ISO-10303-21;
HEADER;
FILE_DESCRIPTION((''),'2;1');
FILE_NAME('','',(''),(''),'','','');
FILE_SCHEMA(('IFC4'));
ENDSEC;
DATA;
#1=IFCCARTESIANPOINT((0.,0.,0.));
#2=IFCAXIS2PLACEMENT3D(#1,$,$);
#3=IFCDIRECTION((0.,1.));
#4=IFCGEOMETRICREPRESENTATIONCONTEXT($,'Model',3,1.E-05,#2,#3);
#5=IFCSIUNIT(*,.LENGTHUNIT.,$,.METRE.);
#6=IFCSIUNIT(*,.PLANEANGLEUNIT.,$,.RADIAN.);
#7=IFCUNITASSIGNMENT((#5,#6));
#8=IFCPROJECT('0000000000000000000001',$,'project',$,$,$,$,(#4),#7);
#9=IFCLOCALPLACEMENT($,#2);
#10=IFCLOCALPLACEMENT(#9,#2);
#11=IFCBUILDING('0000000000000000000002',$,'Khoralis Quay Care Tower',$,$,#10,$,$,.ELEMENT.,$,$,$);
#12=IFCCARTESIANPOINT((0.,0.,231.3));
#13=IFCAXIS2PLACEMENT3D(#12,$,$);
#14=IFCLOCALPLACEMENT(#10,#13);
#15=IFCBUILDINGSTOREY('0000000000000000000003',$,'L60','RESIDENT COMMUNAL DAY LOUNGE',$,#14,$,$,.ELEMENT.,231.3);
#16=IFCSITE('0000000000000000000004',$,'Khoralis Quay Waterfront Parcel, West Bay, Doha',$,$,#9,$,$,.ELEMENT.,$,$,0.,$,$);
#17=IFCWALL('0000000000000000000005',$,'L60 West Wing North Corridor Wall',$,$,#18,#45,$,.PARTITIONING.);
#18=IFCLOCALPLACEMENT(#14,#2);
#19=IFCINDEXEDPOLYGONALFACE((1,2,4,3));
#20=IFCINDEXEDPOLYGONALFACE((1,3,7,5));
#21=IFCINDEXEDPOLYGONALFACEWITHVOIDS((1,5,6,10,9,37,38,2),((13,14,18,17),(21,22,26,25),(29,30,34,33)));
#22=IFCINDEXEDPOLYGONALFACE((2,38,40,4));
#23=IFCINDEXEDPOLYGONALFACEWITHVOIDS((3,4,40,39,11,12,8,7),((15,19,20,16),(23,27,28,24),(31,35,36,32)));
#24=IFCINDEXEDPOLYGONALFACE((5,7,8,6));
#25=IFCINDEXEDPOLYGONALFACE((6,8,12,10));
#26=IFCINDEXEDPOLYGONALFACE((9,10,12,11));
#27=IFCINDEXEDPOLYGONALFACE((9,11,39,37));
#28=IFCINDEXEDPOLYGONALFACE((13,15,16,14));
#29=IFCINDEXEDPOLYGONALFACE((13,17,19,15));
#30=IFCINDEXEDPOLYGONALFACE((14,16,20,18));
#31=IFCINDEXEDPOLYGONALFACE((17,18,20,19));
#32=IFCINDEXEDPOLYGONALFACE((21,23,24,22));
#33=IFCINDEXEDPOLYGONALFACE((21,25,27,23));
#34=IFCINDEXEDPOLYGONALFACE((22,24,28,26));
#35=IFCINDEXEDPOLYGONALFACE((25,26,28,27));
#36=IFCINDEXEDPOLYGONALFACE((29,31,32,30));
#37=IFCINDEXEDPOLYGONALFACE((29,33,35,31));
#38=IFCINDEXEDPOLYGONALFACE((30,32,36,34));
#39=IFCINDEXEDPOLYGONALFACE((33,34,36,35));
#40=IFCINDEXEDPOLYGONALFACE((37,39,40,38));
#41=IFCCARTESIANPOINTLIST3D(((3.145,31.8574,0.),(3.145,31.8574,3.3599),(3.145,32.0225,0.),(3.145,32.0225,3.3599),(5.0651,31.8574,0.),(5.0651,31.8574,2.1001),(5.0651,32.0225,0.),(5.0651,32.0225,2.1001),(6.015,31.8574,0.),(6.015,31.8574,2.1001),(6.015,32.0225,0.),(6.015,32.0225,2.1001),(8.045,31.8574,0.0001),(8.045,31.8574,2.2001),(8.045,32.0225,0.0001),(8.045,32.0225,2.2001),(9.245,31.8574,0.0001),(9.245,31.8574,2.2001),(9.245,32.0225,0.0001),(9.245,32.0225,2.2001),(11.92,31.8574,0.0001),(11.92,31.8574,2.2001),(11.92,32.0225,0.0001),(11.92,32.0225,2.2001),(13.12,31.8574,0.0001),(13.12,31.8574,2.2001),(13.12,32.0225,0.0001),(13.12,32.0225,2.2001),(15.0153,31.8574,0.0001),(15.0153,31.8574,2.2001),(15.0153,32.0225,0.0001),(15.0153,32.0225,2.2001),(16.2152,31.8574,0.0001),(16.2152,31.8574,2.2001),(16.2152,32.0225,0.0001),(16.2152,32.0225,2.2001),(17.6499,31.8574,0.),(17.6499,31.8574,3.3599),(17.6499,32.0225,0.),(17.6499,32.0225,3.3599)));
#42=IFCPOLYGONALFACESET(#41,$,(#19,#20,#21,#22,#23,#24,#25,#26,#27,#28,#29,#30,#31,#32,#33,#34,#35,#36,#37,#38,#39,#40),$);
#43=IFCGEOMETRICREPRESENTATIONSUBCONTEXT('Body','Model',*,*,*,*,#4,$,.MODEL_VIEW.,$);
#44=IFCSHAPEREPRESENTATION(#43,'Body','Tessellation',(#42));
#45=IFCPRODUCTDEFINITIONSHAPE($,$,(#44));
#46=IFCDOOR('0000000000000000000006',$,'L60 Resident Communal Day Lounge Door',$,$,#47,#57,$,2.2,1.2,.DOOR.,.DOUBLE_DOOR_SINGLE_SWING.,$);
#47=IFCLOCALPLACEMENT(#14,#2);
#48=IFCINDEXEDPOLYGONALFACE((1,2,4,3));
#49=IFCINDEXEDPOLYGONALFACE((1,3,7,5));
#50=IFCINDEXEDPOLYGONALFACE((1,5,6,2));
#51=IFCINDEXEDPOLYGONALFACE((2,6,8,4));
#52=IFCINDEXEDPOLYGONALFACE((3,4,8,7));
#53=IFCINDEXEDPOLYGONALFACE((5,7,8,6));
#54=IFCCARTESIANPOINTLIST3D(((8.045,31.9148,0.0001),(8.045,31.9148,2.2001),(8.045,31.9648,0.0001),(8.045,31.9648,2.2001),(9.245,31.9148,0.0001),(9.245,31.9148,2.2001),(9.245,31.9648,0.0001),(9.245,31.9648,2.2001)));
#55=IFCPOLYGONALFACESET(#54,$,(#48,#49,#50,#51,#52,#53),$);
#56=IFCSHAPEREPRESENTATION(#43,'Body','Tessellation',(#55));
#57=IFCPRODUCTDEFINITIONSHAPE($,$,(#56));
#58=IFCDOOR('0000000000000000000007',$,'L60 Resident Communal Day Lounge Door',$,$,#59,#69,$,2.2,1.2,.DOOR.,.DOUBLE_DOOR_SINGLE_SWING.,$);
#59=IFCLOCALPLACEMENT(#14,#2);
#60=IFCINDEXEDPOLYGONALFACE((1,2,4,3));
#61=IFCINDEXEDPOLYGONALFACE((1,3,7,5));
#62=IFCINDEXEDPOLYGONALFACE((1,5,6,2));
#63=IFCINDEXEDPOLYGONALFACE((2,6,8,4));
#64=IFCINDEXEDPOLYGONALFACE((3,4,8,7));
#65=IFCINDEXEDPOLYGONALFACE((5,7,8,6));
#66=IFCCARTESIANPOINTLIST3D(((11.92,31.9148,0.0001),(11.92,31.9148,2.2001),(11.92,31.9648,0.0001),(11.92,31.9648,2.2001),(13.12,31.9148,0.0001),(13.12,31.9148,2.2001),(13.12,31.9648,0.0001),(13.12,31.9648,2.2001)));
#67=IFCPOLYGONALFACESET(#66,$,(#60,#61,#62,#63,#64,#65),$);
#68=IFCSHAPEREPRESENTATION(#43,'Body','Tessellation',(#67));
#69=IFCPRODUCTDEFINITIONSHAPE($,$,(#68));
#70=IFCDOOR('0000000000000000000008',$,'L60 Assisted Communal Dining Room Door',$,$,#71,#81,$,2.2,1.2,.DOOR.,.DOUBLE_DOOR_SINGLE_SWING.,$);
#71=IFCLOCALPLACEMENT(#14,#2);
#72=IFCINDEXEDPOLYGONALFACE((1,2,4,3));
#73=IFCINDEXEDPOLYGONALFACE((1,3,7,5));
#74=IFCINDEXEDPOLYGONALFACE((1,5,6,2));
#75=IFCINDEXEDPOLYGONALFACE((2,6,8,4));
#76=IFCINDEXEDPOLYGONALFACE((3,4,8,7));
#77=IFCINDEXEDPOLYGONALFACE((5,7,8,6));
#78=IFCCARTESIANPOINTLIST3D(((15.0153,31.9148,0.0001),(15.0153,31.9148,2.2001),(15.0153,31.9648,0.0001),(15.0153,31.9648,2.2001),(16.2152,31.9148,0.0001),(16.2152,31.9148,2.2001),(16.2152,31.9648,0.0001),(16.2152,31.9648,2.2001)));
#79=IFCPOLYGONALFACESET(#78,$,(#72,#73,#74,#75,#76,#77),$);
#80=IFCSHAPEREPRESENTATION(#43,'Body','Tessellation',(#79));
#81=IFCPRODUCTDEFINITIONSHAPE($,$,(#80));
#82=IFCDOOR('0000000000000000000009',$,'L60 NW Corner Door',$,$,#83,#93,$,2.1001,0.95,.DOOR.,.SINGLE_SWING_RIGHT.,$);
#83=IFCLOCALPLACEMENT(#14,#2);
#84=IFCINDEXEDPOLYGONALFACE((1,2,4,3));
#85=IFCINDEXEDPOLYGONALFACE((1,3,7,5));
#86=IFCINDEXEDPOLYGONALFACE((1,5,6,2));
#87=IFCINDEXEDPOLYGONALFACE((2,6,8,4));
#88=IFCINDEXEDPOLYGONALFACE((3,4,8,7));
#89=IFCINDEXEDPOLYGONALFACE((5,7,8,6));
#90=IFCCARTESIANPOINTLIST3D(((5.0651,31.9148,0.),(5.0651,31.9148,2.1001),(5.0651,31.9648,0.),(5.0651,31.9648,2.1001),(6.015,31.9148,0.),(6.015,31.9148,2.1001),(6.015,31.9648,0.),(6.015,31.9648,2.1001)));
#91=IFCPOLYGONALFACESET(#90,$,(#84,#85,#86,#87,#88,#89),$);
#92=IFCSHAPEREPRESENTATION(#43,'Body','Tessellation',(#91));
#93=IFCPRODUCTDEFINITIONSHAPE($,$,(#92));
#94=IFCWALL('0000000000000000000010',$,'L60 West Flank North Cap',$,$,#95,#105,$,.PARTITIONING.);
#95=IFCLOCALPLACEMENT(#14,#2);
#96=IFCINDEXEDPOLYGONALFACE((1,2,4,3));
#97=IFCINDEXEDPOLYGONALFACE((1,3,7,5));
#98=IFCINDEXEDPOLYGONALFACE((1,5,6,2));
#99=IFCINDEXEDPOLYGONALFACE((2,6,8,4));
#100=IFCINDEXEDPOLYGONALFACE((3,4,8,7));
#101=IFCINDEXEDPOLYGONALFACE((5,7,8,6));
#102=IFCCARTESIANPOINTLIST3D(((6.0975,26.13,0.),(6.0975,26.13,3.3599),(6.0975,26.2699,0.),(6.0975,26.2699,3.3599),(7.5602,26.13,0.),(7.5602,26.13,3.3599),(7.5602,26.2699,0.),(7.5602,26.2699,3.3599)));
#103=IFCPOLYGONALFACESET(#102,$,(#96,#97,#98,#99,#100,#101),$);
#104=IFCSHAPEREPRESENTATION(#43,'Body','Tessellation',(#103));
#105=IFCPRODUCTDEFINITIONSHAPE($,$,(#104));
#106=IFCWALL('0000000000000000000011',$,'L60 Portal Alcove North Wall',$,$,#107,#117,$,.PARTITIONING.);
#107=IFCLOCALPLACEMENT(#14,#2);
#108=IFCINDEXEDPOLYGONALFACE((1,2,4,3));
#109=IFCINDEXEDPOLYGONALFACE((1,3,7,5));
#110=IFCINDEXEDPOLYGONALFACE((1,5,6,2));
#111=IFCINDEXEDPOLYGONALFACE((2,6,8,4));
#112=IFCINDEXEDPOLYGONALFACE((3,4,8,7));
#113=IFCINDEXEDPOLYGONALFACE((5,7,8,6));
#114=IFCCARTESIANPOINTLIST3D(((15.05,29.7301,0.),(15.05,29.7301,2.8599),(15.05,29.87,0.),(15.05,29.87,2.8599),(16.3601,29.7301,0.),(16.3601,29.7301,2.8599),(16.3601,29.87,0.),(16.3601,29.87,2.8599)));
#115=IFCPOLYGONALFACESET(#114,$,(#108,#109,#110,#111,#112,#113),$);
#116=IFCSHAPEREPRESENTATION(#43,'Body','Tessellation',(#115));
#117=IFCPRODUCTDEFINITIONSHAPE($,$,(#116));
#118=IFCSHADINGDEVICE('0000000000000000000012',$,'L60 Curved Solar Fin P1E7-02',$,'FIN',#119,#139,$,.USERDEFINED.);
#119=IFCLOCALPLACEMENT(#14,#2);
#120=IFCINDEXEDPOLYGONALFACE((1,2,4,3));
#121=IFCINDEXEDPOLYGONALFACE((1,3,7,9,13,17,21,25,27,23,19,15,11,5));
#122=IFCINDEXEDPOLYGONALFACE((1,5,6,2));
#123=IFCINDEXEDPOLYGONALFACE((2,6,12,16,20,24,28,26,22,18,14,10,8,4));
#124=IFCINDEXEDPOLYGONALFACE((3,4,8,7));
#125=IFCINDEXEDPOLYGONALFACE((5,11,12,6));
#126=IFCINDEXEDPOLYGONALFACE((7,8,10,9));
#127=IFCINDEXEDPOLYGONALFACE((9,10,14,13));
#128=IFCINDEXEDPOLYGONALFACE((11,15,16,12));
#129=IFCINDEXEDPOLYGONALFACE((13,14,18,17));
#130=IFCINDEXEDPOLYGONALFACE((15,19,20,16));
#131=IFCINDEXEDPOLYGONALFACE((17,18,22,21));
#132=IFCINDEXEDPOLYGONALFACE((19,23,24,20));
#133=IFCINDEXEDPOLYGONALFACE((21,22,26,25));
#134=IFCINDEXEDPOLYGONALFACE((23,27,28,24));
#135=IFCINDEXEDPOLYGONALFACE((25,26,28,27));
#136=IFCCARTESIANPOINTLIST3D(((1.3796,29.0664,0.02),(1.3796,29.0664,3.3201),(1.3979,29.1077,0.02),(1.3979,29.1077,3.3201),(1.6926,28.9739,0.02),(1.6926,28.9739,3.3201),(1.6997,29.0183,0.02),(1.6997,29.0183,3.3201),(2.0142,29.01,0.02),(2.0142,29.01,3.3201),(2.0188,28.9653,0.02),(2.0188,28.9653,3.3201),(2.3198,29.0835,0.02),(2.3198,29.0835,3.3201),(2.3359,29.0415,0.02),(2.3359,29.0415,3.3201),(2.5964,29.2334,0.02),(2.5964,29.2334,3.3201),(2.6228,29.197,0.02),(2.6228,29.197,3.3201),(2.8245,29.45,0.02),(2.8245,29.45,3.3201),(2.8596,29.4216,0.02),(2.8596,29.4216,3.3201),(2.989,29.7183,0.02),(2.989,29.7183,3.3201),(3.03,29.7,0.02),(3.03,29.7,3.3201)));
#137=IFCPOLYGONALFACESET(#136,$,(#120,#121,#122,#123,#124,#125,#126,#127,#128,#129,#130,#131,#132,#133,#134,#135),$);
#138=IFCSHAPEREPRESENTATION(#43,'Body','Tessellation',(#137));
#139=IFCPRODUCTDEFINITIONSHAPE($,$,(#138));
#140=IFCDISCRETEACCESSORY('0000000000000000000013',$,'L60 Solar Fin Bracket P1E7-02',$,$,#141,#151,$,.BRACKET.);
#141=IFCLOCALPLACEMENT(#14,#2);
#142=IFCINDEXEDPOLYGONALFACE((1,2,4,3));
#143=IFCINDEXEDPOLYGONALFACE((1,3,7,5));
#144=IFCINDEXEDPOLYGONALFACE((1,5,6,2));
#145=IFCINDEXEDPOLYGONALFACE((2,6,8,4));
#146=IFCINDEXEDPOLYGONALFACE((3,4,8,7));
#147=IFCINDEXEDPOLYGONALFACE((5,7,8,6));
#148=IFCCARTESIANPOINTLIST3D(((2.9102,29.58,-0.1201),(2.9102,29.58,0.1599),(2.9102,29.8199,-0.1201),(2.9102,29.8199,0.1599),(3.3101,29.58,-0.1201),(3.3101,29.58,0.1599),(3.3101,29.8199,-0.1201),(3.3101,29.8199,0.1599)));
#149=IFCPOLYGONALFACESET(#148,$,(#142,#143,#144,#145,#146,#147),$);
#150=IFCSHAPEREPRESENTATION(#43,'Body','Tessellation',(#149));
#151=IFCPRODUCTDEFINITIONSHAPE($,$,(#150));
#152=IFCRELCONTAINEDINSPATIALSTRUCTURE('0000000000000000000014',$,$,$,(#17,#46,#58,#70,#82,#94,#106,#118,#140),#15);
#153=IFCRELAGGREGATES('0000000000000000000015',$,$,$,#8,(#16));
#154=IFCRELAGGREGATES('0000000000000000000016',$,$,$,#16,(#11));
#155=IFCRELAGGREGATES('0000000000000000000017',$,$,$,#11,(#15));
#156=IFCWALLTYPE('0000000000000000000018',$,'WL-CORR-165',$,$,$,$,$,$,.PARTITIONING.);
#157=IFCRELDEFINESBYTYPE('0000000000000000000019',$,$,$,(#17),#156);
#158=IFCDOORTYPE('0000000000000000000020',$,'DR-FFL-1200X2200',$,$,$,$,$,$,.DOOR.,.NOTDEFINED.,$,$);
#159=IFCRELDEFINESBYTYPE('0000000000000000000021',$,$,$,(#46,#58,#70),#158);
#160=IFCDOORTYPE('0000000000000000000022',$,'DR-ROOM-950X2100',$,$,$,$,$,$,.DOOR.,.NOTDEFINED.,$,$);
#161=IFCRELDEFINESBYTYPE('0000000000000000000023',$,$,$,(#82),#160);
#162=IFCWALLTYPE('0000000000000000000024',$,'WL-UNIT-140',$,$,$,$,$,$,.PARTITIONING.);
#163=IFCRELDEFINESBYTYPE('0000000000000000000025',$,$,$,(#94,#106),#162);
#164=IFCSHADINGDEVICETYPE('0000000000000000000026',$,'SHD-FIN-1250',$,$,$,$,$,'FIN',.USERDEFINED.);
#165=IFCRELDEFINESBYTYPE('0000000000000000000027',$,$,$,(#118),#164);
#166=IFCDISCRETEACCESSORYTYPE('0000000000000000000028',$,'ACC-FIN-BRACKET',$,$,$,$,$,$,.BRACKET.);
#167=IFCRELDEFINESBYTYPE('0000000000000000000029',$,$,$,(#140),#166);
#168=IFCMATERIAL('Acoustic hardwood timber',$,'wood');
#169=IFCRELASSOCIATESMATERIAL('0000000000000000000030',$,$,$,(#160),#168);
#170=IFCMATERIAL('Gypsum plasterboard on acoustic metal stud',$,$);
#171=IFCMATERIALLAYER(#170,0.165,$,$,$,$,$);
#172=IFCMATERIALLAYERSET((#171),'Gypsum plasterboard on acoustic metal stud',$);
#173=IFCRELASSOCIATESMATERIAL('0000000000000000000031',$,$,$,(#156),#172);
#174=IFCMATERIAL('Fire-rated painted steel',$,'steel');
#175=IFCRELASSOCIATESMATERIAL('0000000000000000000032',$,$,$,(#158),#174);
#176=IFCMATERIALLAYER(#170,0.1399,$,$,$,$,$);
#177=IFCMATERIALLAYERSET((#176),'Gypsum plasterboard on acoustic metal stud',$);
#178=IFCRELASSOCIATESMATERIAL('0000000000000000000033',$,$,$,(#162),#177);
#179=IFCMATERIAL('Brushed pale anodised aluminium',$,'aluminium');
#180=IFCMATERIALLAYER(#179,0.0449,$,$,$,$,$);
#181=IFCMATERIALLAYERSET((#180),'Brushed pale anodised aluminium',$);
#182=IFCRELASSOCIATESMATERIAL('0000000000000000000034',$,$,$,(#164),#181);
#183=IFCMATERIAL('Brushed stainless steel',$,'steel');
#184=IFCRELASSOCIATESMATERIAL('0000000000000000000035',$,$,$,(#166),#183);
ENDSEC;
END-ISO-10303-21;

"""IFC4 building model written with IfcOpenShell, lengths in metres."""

from ifc_helpers import new_model, si_unit, direction, frame, frame_2d, origin, origin_2d, place, context, subcontext, project, spatial, polyline, rectangle, outline, extrude, source, transform, mapped, material, layer, layer_set, type_object, element, fill, save


model = new_model("IFC4")

# Units and contexts
model_context = context("Model", 3, precision=1e-05, world=origin(), true_north=direction((0.0, 1.0)))
body_context = subcontext(model_context, "Body", "Model", "MODEL_VIEW")
ifc_project = project(units=[si_unit("LENGTHUNIT", "METRE"), si_unit("PLANEANGLEUNIT", "RADIAN")], contexts=[model_context])

# Site, building, storey
site_placement = place(None, origin())
site = spatial("IfcSite", under=ifc_project, at=site_placement, Name="Khoralis Quay Waterfront Parcel, West Bay, Doha", CompositionType="ELEMENT", RefElevation=0.0)
building_placement = place(site_placement, origin())
building = spatial("IfcBuilding", under=site, at=building_placement, Name="Khoralis Quay Care Tower", CompositionType="ELEMENT")
storey_placement = place(building_placement, frame((0.0, 0.0, 231.3)))
storey = spatial("IfcBuildingStorey", under=building, at=storey_placement, Name="L60", Description="RESIDENT COMMUNAL DAY LOUNGE", CompositionType="ELEMENT", Elevation=231.3)

# Shared definitions
ifc_material_1 = material(Name="Brushed stainless steel", Category="steel")
ifc_material_2 = material(Name="Acoustic hardwood timber", Category="wood")
door_type_1 = type_object("IfcDoorType", Name="DR-ROOM-950X2100", OperationType="NOTDEFINED", PredefinedType="DOOR", material=ifc_material_2)
shared_shape_1 = source(origin(), body_context, "Body", "SweptSolid", [
    extrude(rectangle(XDim=0.95, YDim=2.1001, at=frame_2d((0.4751, 1.05))), frame((0.0, 0.0249, 0.0), z_axis=(0.0, -1.0, 0.0), x_axis=(1.0, 0.0, 0.0)), (0.0, 0.0, 1.0), 0.05),
])

# Shared definitions
ifc_material_3 = material(Name="Gypsum plasterboard on acoustic metal stud")
ifc_layer_1 = layer(ifc_material_3, 0.165)
ifc_layer_set_1 = layer_set([ifc_layer_1], Name="Gypsum plasterboard on acoustic metal stud")
wall_type_1 = type_object("IfcWallType", Name="WL-CORR-165", PredefinedType="PARTITIONING", material=ifc_layer_set_1)
ifc_material_4 = material(Name="Fire-rated painted steel", Category="steel")
door_type_2 = type_object("IfcDoorType", Name="DR-FFL-1200X2200", OperationType="NOTDEFINED", PredefinedType="DOOR", material=ifc_material_4)
shared_shape_2 = source(origin(), body_context, "Body", "SweptSolid", [
    extrude(rectangle(XDim=1.2, YDim=2.2, at=frame_2d((0.6001, 1.1001))), frame((0.0, 0.0249, 0.0), z_axis=(0.0, -1.0, 0.0), x_axis=(1.0, 0.0, 0.0)), (0.0, 0.0, 1.0), 0.05),
])

# Wall, openings, doors
wall_1_placement = place(storey_placement, frame((3.145, 31.9399, 0.0), z_axis=(0.0, 0.0, 1.0), x_axis=(1.0, 0.0, 0.0)))
wall_1 = element("IfcWall", 1, at=wall_1_placement, inside=storey, type_object=wall_type_1, Name="L60 West Wing North Corridor Wall", PredefinedType="PARTITIONING", context=body_context, shape_type="SweptSolid", body=[
    extrude(rectangle(XDim=14.5049, YDim=0.165, at=frame_2d((7.2524, 0.0))), origin(), (0.0, 0.0, 1.0), 3.3599),
])
opening_1_placement = place(wall_1_placement, frame((4.8999, 0.0, 0.0)))
opening_1 = element("IfcOpeningElement", 2, at=opening_1_placement, cuts=wall_1, PredefinedType="OPENING", context=body_context, shape_type="SweptSolid", body=[
    extrude(rectangle(XDim=1.2, YDim=2.2, at=frame_2d((0.6001, 1.1001))), frame((0.0, 0.0925, 0.0), z_axis=(0.0, -1.0, 0.0), x_axis=(1.0, 0.0, 0.0)), (0.0, 0.0, 1.0), 0.1851),
])
opening_2_placement = place(wall_1_placement, frame((8.7749, 0.0, 0.0)))
opening_2 = element("IfcOpeningElement", 3, at=opening_2_placement, cuts=wall_1, PredefinedType="OPENING", context=body_context, shape_type="SweptSolid", body=[
    extrude(rectangle(XDim=1.2, YDim=2.2, at=frame_2d((0.6001, 1.1001))), frame((0.0, 0.0925, 0.0), z_axis=(0.0, -1.0, 0.0), x_axis=(1.0, 0.0, 0.0)), (0.0, 0.0, 1.0), 0.1851),
])
opening_3_placement = place(wall_1_placement, frame((11.8701, 0.0, 0.0)))
opening_3 = element("IfcOpeningElement", 4, at=opening_3_placement, cuts=wall_1, PredefinedType="OPENING", context=body_context, shape_type="SweptSolid", body=[
    extrude(rectangle(XDim=1.2, YDim=2.2, at=frame_2d((0.6001, 1.1001))), frame((0.0, 0.0925, 0.0), z_axis=(0.0, -1.0, 0.0), x_axis=(1.0, 0.0, 0.0)), (0.0, 0.0, 1.0), 0.1851),
])
opening_4_placement = place(wall_1_placement, frame((1.9199, 0.0, 0.0)))
opening_4 = element("IfcOpeningElement", 5, at=opening_4_placement, cuts=wall_1, PredefinedType="OPENING", context=body_context, shape_type="SweptSolid", body=[
    extrude(rectangle(XDim=0.95, YDim=2.1001, at=frame_2d((0.4751, 1.05))), frame((0.0, 0.0925, 0.0), z_axis=(0.0, -1.0, 0.0), x_axis=(1.0, 0.0, 0.0)), (0.0, 0.0, 1.0), 0.1851),
])
door_1_placement = place(opening_1_placement, origin())
door_1 = element("IfcDoor", 6, at=door_1_placement, inside=storey, type_object=door_type_2, Name="L60 Resident Communal Day Lounge Door", OperationType="DOUBLE_DOOR_SINGLE_SWING", OverallHeight=2.2, OverallWidth=1.2, PredefinedType="DOOR", context=body_context, shape_type="MappedRepresentation", body=[
    mapped(shared_shape_2, transform((0.0, 0.0, 0.0), scale=1.0)),
])
fill(opening_1, door_1)
door_2_placement = place(opening_2_placement, origin())
door_2 = element("IfcDoor", 7, at=door_2_placement, inside=storey, type_object=door_type_2, Name="L60 Resident Communal Day Lounge Door", OperationType="DOUBLE_DOOR_SINGLE_SWING", OverallHeight=2.2, OverallWidth=1.2, PredefinedType="DOOR", context=body_context, shape_type="MappedRepresentation", body=[
    mapped(shared_shape_2, transform((0.0, 0.0, 0.0), scale=1.0)),
])
fill(opening_2, door_2)
door_3_placement = place(opening_3_placement, origin())
door_3 = element("IfcDoor", 8, at=door_3_placement, inside=storey, type_object=door_type_2, Name="L60 Assisted Communal Dining Room Door", OperationType="DOUBLE_DOOR_SINGLE_SWING", OverallHeight=2.2, OverallWidth=1.2, PredefinedType="DOOR", context=body_context, shape_type="MappedRepresentation", body=[
    mapped(shared_shape_2, transform((0.0, 0.0, 0.0), scale=1.0)),
])
fill(opening_3, door_3)
door_4_placement = place(opening_4_placement, origin())
door_4 = element("IfcDoor", 9, at=door_4_placement, inside=storey, type_object=door_type_1, Name="L60 NW Corner Door", OperationType="SINGLE_SWING_RIGHT", OverallHeight=2.1001, OverallWidth=0.95, PredefinedType="DOOR", context=body_context, shape_type="MappedRepresentation", body=[
    mapped(shared_shape_1, transform((0.0, 0.0, 0.0), scale=1.0)),
])
fill(opening_4, door_4)

# Walls
ifc_layer_2 = layer(ifc_material_3, 0.1399)
ifc_layer_set_2 = layer_set([ifc_layer_2], Name="Gypsum plasterboard on acoustic metal stud")
wall_type_2 = type_object("IfcWallType", Name="WL-UNIT-140", PredefinedType="PARTITIONING", material=ifc_layer_set_2)
wall_2_placement = place(storey_placement, frame((6.0974, 26.2, 0.0), z_axis=(0.0, 0.0, 1.0), x_axis=(1.0, 0.0, 0.0)))
element("IfcWall", 10, at=wall_2_placement, inside=storey, type_object=wall_type_2, Name="L60 West Flank North Cap", PredefinedType="PARTITIONING", context=body_context, shape_type="SweptSolid", body=[
    extrude(rectangle(XDim=1.4626, YDim=0.1399, at=frame_2d((0.7314, 0.0))), origin(), (0.0, 0.0, 1.0), 3.3599),
])
wall_3_placement = place(storey_placement, frame((15.05, 29.8, 0.0), z_axis=(0.0, 0.0, 1.0), x_axis=(1.0, 0.0, 0.0)))
element("IfcWall", 11, at=wall_3_placement, inside=storey, type_object=wall_type_2, Name="L60 Portal Alcove North Wall", PredefinedType="PARTITIONING", context=body_context, shape_type="SweptSolid", body=[
    extrude(rectangle(XDim=1.3101, YDim=0.1399, at=frame_2d((0.655, 0.0))), origin(), (0.0, 0.0, 1.0), 2.8599),
])

# Shading device
ifc_material_5 = material(Name="Brushed pale anodised aluminium", Category="aluminium")
ifc_layer_3 = layer(ifc_material_5, 0.0449)
ifc_layer_set_3 = layer_set([ifc_layer_3], Name="Brushed pale anodised aluminium")
shading_device_type = type_object("IfcShadingDeviceType", Name="SHD-FIN-1250", ElementType="FIN", PredefinedType="USERDEFINED", material=ifc_layer_set_3)
shared_shape_3 = source(origin(), body_context, "Body", "SweptSolid", [
    extrude(outline(polyline([(0.0, 0.0), (0.1704, 0.2783), (0.4072, 0.5029), (0.6941, 0.6584), (1.0112, 0.7346), (1.3374, 0.7261), (1.6504, 0.6335), (1.6321, 0.5923), (1.3303, 0.6816), (1.0159, 0.6899), (0.7102, 0.6165), (0.4336, 0.4666), (0.2056, 0.25), (0.041, -0.0183), (0.0, 0.0)])), origin(), (0.0, 0.0, 1.0), 3.3),
])
shading_device_placement = place(storey_placement, frame((3.03, 29.7, 0.02), z_axis=(0.0, 0.0, 1.0), x_axis=(-1.0, 0.0, 0.0)))
element("IfcShadingDevice", 12, at=shading_device_placement, inside=storey, type_object=shading_device_type, Name="L60 Curved Solar Fin P1E7-02", ObjectType="FIN", PredefinedType="USERDEFINED", context=body_context, shape_type="MappedRepresentation", body=[
    mapped(shared_shape_3, transform((0.0, 0.0, 0.0), scale=1.0)),
])

# Discrete accessory
discrete_accessory_type = type_object("IfcDiscreteAccessoryType", Name="ACC-FIN-BRACKET", PredefinedType="BRACKET", material=ifc_material_1)
shared_shape_4 = source(origin(), body_context, "Body", "SweptSolid", [
    extrude(rectangle(XDim=0.3999, YDim=0.24, at=origin_2d()), origin(), (0.0, 0.0, 1.0), 0.28),
])
discrete_accessory_placement = place(storey_placement, frame((3.1101, 29.7, -0.1201), z_axis=(0.0, 0.0, 1.0), x_axis=(-1.0, 0.0, 0.0)))
element("IfcDiscreteAccessory", 13, at=discrete_accessory_placement, inside=storey, type_object=discrete_accessory_type, Name="L60 Solar Fin Bracket P1E7-02", PredefinedType="BRACKET", context=body_context, shape_type="MappedRepresentation", body=[
    mapped(shared_shape_4, transform((0.0, 0.0, 0.0), scale=1.0)),
])

save(model, "model.ifc")
